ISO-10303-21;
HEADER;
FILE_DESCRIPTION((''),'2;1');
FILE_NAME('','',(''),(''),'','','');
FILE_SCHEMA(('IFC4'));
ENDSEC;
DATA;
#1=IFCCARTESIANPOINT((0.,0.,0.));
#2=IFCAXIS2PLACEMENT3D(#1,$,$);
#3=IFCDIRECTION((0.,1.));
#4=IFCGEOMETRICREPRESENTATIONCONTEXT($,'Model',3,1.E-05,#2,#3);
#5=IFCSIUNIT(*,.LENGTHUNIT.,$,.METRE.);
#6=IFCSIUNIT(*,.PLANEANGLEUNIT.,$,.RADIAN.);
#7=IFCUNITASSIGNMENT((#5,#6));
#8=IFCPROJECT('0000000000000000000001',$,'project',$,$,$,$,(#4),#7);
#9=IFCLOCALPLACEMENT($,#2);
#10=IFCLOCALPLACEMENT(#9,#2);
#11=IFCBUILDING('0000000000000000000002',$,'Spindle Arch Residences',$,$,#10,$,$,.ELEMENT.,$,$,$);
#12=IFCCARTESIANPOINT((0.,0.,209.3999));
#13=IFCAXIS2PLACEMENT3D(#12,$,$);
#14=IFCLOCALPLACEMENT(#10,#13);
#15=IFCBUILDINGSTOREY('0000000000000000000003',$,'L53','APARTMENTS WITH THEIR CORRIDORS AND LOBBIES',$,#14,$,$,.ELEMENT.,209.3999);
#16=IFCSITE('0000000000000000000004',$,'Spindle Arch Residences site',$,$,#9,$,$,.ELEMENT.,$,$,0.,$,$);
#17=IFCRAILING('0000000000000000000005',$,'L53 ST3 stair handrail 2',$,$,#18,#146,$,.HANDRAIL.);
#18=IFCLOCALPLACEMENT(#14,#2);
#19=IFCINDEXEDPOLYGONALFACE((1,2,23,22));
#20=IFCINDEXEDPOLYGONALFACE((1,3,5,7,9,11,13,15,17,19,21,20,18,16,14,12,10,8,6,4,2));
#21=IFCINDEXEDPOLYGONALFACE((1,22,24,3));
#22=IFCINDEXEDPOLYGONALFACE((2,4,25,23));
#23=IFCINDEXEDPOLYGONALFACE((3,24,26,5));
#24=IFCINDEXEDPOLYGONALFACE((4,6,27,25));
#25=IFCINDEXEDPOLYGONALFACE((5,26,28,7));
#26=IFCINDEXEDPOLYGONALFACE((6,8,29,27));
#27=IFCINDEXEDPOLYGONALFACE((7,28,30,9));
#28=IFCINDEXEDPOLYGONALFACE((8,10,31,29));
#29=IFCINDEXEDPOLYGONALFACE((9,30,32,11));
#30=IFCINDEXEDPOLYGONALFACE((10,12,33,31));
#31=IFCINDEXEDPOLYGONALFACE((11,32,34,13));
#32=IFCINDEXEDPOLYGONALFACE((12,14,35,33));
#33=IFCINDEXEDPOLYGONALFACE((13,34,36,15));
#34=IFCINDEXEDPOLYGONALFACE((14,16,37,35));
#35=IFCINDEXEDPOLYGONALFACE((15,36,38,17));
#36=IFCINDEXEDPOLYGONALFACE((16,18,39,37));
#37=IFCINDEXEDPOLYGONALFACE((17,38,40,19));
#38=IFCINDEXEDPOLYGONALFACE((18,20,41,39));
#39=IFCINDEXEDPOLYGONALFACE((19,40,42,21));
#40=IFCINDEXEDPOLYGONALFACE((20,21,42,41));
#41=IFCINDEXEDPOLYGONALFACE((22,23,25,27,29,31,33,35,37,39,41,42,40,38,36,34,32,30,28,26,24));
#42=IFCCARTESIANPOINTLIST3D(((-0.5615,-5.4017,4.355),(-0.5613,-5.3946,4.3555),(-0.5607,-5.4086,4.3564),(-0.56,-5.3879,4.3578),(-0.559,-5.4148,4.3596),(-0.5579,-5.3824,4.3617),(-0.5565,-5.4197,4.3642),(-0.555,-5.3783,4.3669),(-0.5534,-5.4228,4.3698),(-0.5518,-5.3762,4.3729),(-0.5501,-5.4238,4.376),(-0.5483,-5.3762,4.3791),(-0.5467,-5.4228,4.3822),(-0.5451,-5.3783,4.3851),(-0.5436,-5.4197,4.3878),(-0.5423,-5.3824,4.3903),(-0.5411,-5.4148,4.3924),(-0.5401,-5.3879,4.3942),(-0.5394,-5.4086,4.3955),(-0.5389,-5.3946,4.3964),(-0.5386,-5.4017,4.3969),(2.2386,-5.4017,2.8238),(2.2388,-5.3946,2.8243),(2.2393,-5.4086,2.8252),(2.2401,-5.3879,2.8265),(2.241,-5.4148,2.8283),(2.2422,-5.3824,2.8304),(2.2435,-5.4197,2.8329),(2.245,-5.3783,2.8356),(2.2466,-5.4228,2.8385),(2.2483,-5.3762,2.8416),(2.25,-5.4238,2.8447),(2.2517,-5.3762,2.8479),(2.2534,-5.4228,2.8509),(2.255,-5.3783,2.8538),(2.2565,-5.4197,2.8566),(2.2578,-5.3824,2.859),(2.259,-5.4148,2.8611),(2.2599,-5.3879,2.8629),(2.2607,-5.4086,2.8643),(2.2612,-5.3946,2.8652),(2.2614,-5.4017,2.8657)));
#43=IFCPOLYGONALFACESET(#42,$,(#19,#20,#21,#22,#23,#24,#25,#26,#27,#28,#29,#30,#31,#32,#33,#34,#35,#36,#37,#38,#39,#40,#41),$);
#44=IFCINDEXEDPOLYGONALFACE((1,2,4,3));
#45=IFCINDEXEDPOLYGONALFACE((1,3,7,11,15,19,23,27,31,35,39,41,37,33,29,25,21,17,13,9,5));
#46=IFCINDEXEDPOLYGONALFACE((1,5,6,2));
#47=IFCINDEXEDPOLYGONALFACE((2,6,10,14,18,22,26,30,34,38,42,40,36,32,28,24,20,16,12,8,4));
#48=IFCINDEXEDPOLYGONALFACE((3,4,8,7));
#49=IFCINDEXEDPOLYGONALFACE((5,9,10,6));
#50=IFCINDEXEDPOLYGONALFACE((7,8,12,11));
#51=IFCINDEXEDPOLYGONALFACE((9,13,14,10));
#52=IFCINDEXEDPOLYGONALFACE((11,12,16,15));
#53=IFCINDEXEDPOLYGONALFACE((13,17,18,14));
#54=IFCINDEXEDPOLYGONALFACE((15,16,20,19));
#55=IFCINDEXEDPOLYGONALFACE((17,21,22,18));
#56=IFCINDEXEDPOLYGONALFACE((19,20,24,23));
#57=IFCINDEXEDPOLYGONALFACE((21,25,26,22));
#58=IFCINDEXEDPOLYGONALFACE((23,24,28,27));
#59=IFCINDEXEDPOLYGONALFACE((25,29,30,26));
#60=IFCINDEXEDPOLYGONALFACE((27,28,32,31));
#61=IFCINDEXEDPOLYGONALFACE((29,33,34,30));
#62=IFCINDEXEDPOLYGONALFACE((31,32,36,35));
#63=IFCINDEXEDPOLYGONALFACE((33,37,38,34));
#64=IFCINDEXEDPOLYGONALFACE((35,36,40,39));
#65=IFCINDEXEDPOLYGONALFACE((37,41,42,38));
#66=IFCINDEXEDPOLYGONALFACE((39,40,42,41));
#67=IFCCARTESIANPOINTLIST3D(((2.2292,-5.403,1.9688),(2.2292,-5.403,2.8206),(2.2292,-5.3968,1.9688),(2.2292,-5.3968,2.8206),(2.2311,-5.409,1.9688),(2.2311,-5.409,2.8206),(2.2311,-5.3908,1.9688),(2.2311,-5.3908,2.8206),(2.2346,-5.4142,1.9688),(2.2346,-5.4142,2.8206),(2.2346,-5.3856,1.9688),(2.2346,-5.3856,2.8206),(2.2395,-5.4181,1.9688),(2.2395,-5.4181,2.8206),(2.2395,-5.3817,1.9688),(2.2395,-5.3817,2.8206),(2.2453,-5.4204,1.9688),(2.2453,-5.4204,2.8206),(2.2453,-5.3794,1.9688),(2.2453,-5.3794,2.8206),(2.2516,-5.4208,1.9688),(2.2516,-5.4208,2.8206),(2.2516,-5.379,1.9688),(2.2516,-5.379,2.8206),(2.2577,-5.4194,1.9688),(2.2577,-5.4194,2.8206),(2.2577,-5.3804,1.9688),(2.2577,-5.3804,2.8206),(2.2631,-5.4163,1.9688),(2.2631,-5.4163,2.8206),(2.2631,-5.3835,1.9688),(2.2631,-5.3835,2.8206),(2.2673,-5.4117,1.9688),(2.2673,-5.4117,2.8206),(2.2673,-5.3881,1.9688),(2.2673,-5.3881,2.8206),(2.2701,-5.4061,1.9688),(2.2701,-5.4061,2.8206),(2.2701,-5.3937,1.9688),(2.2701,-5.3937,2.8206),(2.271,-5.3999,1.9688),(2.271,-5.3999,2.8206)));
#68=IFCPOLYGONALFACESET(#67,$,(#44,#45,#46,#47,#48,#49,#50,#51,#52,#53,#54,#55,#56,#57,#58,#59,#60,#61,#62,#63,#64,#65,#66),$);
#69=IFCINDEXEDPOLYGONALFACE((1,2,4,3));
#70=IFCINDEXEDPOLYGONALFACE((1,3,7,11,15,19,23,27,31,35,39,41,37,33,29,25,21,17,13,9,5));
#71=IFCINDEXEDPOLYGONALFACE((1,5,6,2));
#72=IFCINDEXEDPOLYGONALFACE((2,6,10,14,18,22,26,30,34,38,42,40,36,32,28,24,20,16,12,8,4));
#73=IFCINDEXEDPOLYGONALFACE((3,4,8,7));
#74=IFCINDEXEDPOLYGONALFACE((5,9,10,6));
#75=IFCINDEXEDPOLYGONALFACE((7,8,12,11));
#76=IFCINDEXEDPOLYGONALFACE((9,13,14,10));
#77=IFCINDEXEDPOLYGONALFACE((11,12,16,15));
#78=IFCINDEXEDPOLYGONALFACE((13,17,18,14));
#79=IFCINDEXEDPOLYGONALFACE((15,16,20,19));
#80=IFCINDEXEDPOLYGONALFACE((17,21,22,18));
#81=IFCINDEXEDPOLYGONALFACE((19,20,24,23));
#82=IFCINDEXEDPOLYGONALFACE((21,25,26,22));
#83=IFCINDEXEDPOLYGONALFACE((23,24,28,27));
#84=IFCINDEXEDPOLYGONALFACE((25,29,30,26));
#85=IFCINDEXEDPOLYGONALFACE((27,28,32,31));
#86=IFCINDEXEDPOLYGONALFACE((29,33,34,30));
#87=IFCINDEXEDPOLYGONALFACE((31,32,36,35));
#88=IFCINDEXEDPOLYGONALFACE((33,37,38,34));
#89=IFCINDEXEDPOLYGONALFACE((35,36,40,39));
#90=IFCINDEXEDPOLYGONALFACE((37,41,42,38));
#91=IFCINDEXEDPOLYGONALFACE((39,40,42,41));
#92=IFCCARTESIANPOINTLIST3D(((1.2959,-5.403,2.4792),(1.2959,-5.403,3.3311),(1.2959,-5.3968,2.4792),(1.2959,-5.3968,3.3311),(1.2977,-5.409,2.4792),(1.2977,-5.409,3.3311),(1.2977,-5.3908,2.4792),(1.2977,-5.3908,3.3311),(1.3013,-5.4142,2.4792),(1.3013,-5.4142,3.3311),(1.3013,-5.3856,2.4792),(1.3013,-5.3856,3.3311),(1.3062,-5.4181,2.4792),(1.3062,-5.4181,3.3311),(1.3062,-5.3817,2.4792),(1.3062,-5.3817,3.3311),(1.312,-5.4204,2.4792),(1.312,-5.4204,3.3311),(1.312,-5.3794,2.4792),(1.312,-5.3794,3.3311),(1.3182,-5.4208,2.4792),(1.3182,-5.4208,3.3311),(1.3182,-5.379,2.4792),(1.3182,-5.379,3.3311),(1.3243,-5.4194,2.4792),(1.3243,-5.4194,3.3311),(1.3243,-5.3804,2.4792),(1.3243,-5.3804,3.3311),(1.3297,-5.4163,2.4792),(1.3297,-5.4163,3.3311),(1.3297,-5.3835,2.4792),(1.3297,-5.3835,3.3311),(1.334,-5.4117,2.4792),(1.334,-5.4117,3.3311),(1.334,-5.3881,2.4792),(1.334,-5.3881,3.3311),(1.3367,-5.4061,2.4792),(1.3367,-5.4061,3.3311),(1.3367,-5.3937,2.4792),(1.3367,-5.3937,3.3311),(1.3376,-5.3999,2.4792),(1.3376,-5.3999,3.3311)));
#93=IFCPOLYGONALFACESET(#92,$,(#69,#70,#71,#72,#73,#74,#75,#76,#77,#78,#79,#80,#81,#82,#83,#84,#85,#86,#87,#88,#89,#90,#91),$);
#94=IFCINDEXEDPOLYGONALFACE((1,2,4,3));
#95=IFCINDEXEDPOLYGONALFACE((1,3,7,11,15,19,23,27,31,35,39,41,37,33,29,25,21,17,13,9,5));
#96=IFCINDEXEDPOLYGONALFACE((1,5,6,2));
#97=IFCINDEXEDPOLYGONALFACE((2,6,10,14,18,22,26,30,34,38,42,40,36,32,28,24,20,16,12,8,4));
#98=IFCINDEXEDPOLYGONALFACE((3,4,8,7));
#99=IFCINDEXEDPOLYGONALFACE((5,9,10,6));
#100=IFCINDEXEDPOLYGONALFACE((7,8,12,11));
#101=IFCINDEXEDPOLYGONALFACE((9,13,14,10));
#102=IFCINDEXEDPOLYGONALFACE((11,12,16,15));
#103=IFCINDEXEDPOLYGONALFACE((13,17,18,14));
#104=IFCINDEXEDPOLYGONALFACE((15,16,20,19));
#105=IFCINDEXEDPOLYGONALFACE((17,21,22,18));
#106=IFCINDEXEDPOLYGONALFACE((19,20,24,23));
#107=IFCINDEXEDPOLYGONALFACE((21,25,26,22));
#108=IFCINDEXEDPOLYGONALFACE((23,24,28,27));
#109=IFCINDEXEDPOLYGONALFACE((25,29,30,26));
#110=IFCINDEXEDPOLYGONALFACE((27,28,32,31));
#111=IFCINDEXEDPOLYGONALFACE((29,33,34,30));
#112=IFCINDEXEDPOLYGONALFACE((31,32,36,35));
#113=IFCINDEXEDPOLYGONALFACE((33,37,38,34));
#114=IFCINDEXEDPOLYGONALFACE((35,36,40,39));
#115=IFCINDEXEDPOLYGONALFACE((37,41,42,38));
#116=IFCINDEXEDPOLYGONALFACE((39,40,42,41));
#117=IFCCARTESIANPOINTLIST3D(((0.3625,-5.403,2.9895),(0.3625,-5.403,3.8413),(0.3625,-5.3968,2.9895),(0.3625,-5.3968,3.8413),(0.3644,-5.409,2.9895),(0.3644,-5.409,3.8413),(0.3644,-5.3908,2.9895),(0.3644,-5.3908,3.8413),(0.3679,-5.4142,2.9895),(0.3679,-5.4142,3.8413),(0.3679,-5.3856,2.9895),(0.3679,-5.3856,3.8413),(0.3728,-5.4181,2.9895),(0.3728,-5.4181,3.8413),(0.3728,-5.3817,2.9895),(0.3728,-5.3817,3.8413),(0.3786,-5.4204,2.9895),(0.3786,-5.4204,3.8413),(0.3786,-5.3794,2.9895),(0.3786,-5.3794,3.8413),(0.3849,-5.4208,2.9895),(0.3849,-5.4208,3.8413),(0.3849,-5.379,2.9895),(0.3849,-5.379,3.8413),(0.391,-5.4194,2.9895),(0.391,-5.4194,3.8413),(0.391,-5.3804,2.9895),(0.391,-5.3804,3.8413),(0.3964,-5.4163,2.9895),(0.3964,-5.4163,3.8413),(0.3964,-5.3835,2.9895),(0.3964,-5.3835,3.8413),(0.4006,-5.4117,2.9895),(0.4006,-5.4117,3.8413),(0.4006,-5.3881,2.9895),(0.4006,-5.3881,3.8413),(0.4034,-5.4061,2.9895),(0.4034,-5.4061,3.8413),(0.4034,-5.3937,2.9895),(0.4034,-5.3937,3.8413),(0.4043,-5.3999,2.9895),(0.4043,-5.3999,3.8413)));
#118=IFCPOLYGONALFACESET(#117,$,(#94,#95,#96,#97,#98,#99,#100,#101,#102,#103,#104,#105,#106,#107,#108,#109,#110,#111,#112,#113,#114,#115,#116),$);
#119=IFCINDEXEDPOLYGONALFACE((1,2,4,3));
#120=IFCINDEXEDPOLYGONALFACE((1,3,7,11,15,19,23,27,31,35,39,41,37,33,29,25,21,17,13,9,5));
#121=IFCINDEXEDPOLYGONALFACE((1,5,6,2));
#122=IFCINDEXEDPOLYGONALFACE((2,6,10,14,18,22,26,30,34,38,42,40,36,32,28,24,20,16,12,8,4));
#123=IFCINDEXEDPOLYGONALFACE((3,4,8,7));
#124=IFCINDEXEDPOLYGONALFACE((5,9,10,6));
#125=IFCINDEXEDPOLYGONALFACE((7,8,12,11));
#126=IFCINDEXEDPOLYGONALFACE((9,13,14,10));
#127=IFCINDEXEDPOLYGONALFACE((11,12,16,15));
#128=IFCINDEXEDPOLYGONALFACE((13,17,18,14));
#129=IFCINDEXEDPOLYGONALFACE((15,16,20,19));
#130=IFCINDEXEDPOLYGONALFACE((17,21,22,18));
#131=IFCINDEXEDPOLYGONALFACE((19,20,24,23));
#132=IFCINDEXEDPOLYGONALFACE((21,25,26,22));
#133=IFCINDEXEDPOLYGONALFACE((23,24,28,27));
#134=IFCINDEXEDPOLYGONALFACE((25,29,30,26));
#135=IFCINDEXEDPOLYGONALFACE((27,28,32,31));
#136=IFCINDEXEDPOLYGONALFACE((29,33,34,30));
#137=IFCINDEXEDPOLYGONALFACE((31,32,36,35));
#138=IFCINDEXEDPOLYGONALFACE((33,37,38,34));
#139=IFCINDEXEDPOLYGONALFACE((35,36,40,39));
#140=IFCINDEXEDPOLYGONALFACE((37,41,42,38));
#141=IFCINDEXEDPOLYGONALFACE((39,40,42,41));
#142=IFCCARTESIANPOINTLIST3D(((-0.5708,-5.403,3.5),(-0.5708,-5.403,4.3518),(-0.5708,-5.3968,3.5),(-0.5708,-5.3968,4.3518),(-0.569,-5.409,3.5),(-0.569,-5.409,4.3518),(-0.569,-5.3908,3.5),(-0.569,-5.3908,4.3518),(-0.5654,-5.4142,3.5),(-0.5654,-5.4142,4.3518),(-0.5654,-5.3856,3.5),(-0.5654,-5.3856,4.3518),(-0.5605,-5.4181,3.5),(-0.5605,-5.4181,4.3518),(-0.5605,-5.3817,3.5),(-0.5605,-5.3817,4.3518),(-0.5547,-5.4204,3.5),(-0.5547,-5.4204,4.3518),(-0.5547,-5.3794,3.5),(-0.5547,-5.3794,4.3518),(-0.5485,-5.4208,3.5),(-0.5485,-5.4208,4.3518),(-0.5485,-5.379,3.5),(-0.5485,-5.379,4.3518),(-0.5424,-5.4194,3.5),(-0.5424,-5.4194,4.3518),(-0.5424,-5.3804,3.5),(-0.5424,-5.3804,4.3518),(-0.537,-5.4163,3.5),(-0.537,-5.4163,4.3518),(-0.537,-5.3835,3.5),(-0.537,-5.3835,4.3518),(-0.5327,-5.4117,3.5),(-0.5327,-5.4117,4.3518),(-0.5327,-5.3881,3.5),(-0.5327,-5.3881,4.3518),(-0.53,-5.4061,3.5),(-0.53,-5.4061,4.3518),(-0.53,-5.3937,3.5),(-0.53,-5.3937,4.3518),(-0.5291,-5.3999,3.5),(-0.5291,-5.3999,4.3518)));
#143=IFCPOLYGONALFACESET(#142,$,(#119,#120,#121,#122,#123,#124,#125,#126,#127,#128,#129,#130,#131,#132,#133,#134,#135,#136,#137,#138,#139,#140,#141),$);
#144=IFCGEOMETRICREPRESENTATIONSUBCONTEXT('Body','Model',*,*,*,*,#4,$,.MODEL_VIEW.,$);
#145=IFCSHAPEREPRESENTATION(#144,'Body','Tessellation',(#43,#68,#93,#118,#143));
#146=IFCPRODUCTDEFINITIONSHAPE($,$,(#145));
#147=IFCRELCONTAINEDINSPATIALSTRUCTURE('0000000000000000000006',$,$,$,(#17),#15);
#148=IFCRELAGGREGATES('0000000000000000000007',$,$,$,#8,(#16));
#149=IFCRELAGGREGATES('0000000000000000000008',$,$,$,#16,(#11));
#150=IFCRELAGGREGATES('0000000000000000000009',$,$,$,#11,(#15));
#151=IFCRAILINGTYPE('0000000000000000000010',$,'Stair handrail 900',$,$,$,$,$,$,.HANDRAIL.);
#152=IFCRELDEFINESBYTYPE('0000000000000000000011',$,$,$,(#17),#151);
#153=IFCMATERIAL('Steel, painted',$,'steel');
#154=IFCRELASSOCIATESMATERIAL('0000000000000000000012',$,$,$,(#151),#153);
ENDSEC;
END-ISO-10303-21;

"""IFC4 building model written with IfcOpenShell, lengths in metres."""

from ifc_helpers import new_model, si_unit, direction, frame, origin, origin_2d, place, context, subcontext, project, spatial, circle, extrude, material, type_object, element, save


model = new_model("IFC4")

# Units and contexts
model_context = context("Model", 3, precision=1e-05, world=origin(), true_north=direction((0.0, 1.0)))
body_context = subcontext(model_context, "Body", "Model", "MODEL_VIEW")
ifc_project = project(units=[si_unit("LENGTHUNIT", "METRE"), si_unit("PLANEANGLEUNIT", "RADIAN")], contexts=[model_context])

# Site, building, storey
site_placement = place(None, origin())
site = spatial("IfcSite", under=ifc_project, at=site_placement, Name="Spindle Arch Residences site", CompositionType="ELEMENT", RefElevation=0.0)
building_placement = place(site_placement, origin())
building = spatial("IfcBuilding", under=site, at=building_placement, Name="Spindle Arch Residences", CompositionType="ELEMENT")
storey_placement = place(building_placement, frame((0.0, 0.0, 209.3999)))
storey = spatial("IfcBuildingStorey", under=building, at=storey_placement, Name="L53", Description="APARTMENTS WITH THEIR CORRIDORS AND LOBBIES", CompositionType="ELEMENT", Elevation=209.3999)

# Railing
ifc_material_1 = material(Name="Steel, painted", Category="steel")
railing_type_1 = type_object("IfcRailingType", Name="Stair handrail 900", PredefinedType="HANDRAIL", material=ifc_material_1)
railing_1_placement = place(storey_placement, frame((2.25, -5.3999, 1.9688)))
element("IfcRailing", 1, at=railing_1_placement, inside=storey, type_object=railing_type_1, Name="L53 ST3 stair handrail 2", PredefinedType="HANDRAIL", context=body_context, shape_type="SweptSolid", body=[
    extrude(circle(Radius=0.0239, at=origin_2d()), frame((0.0, 0.0, 0.876), z_axis=(-0.877375, 0.0, 0.479806), x_axis=(0.0, -1.0, 0.0)), (0.0, 0.0, 1.0), 3.1914),
    extrude(circle(Radius=0.021, at=origin_2d()), origin(), (0.0, 0.0, 1.0), 0.8518),
    extrude(circle(Radius=0.021, at=origin_2d()), frame((-0.9333, 0.0, 0.5105)), (0.0, 0.0, 1.0), 0.8518),
    extrude(circle(Radius=0.021, at=origin_2d()), frame((-1.8667, 0.0, 1.0208)), (0.0, 0.0, 1.0), 0.8518),
    extrude(circle(Radius=0.021, at=origin_2d()), frame((-2.8, 0.0, 1.5312)), (0.0, 0.0, 1.0), 0.8518),
])

save(model, "model.ifc")
